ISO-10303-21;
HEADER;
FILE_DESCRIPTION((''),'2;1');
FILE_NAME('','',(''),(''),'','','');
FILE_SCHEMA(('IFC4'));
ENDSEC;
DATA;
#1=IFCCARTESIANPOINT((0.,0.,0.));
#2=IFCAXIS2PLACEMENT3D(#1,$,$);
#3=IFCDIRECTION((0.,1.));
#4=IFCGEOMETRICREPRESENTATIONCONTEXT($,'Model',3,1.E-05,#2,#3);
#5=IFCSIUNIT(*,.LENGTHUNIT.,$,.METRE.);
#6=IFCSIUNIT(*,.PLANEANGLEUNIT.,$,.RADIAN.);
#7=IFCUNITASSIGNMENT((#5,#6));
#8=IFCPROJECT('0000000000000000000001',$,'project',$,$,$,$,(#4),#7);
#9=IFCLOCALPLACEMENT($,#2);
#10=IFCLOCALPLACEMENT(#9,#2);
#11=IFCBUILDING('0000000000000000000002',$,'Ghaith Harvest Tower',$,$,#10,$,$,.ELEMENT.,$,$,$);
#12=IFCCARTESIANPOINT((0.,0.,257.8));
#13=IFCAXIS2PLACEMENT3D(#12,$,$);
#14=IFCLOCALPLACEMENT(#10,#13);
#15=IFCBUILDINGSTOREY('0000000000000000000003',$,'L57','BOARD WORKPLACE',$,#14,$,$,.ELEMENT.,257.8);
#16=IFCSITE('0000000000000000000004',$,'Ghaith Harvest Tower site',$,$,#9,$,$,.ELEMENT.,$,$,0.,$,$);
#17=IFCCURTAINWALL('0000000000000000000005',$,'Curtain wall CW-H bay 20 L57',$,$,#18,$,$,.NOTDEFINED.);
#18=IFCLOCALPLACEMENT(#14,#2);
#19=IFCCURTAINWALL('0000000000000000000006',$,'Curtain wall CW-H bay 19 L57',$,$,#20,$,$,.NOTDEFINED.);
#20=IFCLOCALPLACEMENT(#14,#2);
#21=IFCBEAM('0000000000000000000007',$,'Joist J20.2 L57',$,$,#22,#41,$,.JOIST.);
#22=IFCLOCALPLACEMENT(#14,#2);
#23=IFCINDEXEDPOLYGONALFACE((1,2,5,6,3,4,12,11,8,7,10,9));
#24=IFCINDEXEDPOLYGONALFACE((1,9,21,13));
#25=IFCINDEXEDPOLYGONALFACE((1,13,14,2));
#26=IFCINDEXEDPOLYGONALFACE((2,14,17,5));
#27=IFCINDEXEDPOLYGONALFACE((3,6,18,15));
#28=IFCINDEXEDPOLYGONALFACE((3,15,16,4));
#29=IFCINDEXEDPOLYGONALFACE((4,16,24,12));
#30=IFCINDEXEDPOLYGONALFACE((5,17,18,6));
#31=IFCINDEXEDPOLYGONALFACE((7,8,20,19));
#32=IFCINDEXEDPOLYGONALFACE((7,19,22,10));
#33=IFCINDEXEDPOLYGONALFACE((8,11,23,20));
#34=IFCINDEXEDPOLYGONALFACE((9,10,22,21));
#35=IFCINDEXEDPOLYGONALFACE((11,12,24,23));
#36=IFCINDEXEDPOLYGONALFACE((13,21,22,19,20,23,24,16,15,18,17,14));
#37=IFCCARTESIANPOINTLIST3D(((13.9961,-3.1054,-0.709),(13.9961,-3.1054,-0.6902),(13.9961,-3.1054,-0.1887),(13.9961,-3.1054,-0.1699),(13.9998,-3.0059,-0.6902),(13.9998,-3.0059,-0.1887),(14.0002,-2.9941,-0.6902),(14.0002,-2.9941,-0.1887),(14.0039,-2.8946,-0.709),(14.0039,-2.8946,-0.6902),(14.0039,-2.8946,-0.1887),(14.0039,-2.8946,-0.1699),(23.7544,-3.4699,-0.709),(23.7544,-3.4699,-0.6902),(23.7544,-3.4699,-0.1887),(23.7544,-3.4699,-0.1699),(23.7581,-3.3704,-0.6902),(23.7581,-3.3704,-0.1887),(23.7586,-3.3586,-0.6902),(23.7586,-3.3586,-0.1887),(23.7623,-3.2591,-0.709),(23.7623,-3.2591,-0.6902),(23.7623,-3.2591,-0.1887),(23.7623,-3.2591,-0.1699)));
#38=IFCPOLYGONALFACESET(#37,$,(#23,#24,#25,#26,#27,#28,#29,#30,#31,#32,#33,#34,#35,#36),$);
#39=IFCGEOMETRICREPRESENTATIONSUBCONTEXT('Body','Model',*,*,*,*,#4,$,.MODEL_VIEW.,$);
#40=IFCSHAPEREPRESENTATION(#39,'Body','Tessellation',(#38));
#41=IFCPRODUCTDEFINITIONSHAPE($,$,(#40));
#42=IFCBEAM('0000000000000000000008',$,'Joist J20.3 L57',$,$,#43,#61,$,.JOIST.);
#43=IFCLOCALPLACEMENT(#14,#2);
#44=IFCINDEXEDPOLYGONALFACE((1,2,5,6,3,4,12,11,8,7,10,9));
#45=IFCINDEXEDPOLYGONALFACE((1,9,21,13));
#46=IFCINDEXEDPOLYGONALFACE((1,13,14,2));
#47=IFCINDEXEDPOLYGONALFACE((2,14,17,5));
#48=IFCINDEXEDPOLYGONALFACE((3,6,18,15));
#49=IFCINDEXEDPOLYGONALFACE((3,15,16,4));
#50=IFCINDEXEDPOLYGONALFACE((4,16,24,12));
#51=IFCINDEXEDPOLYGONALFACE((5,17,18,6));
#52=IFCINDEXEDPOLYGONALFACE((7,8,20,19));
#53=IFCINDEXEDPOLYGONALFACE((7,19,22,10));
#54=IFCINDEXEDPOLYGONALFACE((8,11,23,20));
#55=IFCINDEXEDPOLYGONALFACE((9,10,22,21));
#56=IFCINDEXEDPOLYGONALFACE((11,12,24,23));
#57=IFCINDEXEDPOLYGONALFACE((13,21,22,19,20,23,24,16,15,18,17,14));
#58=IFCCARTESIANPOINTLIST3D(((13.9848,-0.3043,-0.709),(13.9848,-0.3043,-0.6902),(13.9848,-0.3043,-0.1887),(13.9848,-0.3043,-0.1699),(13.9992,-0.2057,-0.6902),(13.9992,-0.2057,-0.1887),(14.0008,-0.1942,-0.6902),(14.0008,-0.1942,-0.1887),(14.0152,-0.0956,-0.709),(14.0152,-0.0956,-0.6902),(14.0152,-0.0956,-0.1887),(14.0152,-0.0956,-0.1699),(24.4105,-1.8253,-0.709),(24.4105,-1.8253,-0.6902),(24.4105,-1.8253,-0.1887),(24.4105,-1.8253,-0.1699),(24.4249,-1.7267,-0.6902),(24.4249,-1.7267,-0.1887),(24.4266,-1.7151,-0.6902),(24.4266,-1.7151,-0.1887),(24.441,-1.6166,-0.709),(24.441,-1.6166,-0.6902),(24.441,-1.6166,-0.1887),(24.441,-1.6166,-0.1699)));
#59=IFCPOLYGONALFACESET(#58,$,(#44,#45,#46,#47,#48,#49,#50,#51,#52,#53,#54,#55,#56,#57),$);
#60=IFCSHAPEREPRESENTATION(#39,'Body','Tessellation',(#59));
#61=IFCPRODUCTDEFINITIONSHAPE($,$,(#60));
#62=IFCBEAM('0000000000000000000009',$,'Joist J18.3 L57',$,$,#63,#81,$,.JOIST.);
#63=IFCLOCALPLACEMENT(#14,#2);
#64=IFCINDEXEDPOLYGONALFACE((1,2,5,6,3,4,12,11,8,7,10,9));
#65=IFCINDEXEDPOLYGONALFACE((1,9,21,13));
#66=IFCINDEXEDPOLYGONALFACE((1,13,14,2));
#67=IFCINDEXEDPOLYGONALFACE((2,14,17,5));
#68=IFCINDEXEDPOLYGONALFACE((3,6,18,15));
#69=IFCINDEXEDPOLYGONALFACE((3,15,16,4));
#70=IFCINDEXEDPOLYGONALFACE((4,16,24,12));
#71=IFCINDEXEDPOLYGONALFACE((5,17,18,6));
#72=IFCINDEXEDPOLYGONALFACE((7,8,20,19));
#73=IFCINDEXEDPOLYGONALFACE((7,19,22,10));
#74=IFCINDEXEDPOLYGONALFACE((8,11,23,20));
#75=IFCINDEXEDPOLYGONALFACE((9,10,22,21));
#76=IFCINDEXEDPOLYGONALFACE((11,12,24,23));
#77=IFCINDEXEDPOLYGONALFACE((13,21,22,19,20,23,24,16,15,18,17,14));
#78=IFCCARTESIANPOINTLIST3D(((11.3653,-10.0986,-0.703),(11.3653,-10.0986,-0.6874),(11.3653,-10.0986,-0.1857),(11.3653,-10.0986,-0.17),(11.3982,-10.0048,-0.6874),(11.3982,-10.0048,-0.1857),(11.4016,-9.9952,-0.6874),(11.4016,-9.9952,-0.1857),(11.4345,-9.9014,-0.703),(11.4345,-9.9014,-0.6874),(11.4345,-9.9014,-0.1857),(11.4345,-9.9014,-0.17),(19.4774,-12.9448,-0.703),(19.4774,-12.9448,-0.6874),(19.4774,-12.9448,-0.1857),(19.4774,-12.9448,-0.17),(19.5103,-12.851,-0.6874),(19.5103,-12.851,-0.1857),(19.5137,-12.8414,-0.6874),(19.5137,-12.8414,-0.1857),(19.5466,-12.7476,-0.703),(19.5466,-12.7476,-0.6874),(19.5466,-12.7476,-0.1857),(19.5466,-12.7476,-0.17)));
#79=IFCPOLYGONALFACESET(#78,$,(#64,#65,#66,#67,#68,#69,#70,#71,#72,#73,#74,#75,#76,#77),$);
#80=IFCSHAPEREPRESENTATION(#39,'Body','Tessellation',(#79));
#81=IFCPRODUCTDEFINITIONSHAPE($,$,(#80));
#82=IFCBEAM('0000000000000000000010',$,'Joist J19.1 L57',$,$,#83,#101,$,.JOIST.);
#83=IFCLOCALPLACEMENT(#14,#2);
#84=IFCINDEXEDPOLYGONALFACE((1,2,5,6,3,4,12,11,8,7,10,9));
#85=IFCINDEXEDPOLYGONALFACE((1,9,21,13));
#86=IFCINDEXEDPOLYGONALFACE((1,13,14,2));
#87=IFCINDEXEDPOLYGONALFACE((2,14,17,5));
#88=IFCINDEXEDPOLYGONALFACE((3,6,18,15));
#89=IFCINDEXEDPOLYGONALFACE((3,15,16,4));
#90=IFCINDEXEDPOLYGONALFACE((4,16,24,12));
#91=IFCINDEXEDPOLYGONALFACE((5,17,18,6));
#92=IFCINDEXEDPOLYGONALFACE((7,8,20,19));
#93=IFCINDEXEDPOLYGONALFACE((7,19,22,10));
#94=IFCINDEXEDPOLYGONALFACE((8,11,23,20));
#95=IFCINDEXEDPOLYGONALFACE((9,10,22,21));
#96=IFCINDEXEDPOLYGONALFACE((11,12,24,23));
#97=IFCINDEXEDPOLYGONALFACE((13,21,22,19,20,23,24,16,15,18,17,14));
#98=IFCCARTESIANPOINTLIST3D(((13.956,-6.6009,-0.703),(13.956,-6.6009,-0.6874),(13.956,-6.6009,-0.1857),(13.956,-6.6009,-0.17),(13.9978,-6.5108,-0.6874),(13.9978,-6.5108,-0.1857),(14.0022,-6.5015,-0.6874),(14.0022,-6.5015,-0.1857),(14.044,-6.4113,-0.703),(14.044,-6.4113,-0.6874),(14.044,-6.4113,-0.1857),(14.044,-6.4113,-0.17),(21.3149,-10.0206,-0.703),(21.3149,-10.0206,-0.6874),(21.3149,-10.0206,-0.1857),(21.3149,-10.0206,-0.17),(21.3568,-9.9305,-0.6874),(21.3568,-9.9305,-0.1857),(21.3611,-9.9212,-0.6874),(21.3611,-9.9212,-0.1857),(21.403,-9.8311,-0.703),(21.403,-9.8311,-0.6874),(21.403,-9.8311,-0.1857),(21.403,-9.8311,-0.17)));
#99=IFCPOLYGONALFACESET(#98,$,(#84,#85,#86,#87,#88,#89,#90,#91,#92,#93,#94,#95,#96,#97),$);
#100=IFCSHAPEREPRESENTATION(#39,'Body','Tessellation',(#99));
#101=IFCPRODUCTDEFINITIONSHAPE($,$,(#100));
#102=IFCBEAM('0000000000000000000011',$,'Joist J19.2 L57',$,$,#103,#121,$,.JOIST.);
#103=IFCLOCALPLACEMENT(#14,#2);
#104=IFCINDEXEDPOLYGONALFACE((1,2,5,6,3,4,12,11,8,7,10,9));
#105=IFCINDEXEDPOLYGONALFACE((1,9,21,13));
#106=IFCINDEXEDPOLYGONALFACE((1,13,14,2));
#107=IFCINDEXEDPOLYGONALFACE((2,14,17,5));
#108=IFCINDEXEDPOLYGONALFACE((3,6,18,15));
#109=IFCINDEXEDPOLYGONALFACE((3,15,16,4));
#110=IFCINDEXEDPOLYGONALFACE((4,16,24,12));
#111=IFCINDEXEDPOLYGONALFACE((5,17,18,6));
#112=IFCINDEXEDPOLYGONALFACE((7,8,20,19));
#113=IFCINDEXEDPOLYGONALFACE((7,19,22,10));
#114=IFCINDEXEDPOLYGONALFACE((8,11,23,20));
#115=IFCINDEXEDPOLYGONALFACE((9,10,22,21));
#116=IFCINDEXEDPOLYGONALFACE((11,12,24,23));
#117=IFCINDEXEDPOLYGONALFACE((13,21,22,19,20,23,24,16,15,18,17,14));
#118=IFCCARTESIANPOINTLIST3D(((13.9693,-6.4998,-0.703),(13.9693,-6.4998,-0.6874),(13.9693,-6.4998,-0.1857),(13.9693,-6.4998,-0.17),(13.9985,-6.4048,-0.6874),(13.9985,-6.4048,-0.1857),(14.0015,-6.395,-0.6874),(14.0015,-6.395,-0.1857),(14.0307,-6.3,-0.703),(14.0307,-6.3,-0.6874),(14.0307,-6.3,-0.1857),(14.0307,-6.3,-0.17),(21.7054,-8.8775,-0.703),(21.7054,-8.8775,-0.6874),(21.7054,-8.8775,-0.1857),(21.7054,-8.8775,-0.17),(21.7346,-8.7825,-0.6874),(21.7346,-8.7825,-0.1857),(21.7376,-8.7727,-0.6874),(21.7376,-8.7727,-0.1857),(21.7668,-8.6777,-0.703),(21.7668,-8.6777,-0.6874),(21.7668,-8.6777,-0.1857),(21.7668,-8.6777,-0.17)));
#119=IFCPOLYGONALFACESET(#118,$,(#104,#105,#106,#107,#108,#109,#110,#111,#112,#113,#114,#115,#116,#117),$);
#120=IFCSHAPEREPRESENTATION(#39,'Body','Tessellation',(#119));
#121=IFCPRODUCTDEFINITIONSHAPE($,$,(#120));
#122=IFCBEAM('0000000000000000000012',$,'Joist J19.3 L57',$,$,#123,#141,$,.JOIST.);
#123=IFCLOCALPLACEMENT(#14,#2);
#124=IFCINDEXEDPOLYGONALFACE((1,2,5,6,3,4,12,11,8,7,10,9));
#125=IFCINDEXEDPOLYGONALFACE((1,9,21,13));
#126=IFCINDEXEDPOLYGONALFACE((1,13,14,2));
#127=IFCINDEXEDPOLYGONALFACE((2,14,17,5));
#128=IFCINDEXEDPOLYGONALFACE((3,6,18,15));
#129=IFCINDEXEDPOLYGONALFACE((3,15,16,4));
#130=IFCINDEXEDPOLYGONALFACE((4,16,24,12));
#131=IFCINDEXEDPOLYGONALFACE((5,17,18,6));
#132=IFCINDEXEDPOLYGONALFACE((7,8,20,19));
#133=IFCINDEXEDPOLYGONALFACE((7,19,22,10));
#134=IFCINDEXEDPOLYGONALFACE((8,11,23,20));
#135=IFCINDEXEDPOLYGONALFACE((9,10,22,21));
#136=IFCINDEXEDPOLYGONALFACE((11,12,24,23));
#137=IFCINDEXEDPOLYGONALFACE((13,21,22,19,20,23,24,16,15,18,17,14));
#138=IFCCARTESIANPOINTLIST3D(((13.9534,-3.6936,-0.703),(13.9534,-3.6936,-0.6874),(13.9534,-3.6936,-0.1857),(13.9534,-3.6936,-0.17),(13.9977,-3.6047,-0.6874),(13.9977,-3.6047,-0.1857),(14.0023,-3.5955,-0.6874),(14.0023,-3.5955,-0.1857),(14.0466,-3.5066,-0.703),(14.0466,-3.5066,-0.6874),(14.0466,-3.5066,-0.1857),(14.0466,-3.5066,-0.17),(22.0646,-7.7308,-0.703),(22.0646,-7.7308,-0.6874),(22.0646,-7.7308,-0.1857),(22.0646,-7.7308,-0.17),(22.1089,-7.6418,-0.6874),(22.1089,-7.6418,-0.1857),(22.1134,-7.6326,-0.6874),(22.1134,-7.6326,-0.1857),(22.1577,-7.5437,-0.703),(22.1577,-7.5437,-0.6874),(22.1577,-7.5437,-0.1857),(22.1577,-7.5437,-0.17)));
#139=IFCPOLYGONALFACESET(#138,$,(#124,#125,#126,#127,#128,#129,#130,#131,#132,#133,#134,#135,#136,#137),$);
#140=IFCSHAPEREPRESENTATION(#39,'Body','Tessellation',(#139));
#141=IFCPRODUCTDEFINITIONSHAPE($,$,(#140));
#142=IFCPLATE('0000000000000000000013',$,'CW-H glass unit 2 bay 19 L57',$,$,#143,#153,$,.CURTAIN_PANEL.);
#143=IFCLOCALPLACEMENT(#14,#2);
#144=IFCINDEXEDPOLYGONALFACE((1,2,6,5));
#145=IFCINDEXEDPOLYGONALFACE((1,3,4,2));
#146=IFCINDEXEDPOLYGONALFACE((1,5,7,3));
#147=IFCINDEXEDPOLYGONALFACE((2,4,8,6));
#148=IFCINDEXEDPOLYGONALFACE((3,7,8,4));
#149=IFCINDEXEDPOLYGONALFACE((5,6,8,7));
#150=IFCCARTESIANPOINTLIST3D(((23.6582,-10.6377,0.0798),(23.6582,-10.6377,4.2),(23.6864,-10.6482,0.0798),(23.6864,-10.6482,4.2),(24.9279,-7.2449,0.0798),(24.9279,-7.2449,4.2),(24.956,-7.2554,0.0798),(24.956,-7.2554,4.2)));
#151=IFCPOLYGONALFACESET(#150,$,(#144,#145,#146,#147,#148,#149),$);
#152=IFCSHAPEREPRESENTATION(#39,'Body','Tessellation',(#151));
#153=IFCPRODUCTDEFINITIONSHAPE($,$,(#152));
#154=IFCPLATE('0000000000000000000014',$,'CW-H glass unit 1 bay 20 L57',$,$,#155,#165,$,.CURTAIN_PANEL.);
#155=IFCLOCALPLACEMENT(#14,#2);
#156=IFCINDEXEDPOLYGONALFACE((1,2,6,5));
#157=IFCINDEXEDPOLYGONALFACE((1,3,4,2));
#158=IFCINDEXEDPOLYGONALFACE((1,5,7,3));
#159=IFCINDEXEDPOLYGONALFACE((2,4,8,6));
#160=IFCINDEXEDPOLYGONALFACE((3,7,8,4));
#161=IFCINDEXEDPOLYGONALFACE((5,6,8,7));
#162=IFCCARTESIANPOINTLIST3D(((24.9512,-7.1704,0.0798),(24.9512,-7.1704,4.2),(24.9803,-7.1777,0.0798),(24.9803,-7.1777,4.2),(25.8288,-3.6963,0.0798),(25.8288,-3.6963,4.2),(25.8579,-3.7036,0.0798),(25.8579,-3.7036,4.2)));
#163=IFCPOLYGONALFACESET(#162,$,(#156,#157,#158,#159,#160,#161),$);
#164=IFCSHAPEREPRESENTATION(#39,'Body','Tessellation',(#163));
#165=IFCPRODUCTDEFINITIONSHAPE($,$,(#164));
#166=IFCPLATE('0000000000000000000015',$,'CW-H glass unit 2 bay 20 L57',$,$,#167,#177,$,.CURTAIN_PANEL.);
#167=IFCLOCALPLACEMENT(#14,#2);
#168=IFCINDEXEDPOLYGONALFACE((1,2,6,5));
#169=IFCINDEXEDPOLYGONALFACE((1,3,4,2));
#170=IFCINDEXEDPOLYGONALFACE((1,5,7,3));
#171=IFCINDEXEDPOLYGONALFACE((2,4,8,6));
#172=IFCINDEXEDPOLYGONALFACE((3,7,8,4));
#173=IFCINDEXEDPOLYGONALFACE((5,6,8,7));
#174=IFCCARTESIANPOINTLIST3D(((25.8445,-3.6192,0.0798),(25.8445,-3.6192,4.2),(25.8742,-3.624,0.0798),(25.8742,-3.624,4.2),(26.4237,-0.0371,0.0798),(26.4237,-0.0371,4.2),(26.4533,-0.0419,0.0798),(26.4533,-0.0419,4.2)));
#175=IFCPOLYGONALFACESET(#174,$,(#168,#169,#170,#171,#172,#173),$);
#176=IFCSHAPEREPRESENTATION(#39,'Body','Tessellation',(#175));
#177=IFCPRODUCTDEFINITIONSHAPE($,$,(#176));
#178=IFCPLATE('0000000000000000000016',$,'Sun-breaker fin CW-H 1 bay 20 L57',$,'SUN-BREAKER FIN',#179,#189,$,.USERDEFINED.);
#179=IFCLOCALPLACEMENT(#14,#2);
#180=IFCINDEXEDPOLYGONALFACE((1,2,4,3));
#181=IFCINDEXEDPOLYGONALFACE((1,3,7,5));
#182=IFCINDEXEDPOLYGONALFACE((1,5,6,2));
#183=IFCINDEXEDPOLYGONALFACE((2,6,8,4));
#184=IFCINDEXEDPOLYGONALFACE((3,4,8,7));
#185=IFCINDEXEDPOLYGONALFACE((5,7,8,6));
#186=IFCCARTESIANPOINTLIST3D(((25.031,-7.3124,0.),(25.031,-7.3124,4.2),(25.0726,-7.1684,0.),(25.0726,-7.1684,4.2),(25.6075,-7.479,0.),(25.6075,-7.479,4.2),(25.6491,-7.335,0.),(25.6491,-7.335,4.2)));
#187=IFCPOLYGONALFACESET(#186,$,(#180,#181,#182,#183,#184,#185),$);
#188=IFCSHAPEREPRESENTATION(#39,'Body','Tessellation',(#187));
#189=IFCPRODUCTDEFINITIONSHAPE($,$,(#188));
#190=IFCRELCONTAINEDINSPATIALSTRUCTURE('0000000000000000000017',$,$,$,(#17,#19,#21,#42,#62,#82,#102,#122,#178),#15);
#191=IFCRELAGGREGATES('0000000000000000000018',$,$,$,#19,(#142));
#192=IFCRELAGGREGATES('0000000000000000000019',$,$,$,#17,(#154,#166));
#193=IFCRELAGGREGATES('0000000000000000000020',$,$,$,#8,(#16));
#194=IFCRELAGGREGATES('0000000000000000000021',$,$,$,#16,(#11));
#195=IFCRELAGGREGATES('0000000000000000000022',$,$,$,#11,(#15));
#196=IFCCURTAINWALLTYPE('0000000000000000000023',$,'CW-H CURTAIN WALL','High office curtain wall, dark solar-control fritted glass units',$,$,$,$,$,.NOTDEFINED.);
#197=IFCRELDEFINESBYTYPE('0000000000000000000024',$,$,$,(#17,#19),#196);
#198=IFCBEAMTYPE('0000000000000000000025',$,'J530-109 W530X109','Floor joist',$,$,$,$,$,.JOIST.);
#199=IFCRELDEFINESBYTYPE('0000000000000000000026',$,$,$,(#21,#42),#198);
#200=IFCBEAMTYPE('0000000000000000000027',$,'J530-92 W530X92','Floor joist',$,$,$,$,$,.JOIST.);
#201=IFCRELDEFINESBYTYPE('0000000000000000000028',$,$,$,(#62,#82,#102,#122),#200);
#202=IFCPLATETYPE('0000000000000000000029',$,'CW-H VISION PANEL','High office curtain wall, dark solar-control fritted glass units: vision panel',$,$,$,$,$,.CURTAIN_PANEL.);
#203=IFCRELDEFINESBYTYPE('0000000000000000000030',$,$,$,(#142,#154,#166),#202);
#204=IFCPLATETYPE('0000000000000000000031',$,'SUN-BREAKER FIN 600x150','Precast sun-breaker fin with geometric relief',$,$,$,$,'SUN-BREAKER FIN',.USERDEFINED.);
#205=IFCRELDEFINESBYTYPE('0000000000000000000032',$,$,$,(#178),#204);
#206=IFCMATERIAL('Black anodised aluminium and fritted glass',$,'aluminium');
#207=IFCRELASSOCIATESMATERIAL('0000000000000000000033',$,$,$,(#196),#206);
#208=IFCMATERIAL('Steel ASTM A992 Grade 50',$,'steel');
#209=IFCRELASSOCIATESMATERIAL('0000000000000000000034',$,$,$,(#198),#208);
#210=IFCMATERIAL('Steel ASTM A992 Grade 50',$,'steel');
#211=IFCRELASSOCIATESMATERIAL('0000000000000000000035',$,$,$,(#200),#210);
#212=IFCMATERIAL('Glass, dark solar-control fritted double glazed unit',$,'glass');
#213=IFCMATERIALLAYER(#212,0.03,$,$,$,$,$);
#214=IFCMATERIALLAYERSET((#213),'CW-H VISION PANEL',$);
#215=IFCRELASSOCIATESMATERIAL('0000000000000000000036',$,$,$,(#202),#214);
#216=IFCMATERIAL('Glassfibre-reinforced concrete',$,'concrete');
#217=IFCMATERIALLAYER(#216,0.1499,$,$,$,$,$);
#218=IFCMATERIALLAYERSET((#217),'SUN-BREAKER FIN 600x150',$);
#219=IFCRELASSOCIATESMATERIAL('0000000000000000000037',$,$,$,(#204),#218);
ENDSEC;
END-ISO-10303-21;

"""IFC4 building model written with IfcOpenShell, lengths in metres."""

from ifc_helpers import new_model, si_unit, direction, frame, origin, origin_2d, place, context, subcontext, project, spatial, rectangle, i_section, extrude, material, layer, layer_set, material_profile, profile_set, type_object, element, aggregate, save


model = new_model("IFC4")

# Units and contexts
model_context = context("Model", 3, precision=1e-05, world=origin(), true_north=direction((0.0, 1.0)))
body_context = subcontext(model_context, "Body", "Model", "MODEL_VIEW")
ifc_project = project(units=[si_unit("LENGTHUNIT", "METRE"), si_unit("PLANEANGLEUNIT", "RADIAN")], contexts=[model_context])

# Site, building, storey
site_placement = place(None, origin())
site = spatial("IfcSite", under=ifc_project, at=site_placement, Name="Ghaith Harvest Tower site", CompositionType="ELEMENT", RefElevation=0.0)
building_placement = place(site_placement, origin())
building = spatial("IfcBuilding", under=site, at=building_placement, Name="Ghaith Harvest Tower", CompositionType="ELEMENT")
storey_placement = place(building_placement, frame((0.0, 0.0, 257.8)))
storey = spatial("IfcBuildingStorey", under=building, at=storey_placement, Name="L57", Description="BOARD WORKPLACE", CompositionType="ELEMENT", Elevation=257.8)

# Curtain wall
ifc_material_1 = material(Name="Black anodised aluminium and fritted glass", Category="aluminium")
curtain_wall_type = type_object("IfcCurtainWallType", Name="CW-H CURTAIN WALL", Description="High office curtain wall, dark solar-control fritted glass units", PredefinedType="NOTDEFINED", material=ifc_material_1)
curtain_wall_1_placement = place(storey_placement, origin())
curtain_wall_1 = element("IfcCurtainWall", 1, at=curtain_wall_1_placement, inside=storey, type_object=curtain_wall_type, Name="Curtain wall CW-H bay 20 L57", PredefinedType="NOTDEFINED")

# Curtain wall
curtain_wall_2_placement = place(storey_placement, origin())
curtain_wall_2 = element("IfcCurtainWall", 2, at=curtain_wall_2_placement, inside=storey, type_object=curtain_wall_type, Name="Curtain wall CW-H bay 19 L57", PredefinedType="NOTDEFINED")

# Beams
ifc_material_2 = material(Name="Steel ASTM A992 Grade 50", Category="steel")
ifc_material_profile_1 = material_profile(ifc_material_2, i_section(OverallWidth=0.2109, OverallDepth=0.5391, WebThickness=0.0117, FlangeThickness=0.0188, at=origin_2d()), Name="W530X109")
ifc_profile_set_1 = profile_set([ifc_material_profile_1], Name="Steel ASTM A992 Grade 50")
beam_type_1 = type_object("IfcBeamType", Name="J530-109 W530X109", Description="Floor joist", PredefinedType="JOIST", material=ifc_profile_set_1)
beam_1_placement = place(storey_placement, frame((14.0, -3.0, -0.4395), z_axis=(0.999303, -0.037327, 0.0), x_axis=(0.037327, 0.999303, 0.0)))
element("IfcBeam", 3, at=beam_1_placement, inside=storey, type_object=beam_type_1, Name="Joist J20.2 L57", PredefinedType="JOIST", context=body_context, shape_type="SweptSolid", body=[
    extrude(i_section(OverallWidth=0.2109, OverallDepth=0.5391, WebThickness=0.0117, FlangeThickness=0.0188, at=origin_2d()), origin(), (0.0, 0.0, 1.0), 9.7651),
])
beam_2_placement = place(storey_placement, frame((14.0, -0.2, -0.4395), z_axis=(0.989525, -0.14436, 0.0), x_axis=(0.14436, 0.989525, 0.0)))
element("IfcBeam", 4, at=beam_2_placement, inside=storey, type_object=beam_type_1, Name="Joist J20.3 L57", PredefinedType="JOIST", context=body_context, shape_type="SweptSolid", body=[
    extrude(i_section(OverallWidth=0.2109, OverallDepth=0.5391, WebThickness=0.0117, FlangeThickness=0.0188, at=origin_2d()), origin(), (0.0, 0.0, 1.0), 10.5361),
])
ifc_material_3 = material(Name="Steel ASTM A992 Grade 50", Category="steel")
ifc_material_profile_2 = material_profile(ifc_material_3, i_section(OverallWidth=0.209, OverallDepth=0.533, WebThickness=0.0103, FlangeThickness=0.0156, at=origin_2d()), Name="W530X92")
ifc_profile_set_2 = profile_set([ifc_material_profile_2], Name="Steel ASTM A992 Grade 50")
beam_type_2 = type_object("IfcBeamType", Name="J530-92 W530X92", Description="Floor joist", PredefinedType="JOIST", material=ifc_profile_set_2)
beam_3_placement = place(storey_placement, frame((11.3999, -10.0, -0.4365), z_axis=(0.943605, -0.331073, 0.0), x_axis=(0.331073, 0.943605, 0.0)))
element("IfcBeam", 5, at=beam_3_placement, inside=storey, type_object=beam_type_2, Name="Joist J18.3 L57", PredefinedType="JOIST", context=body_context, shape_type="SweptSolid", body=[
    extrude(i_section(OverallWidth=0.209, OverallDepth=0.533, WebThickness=0.0103, FlangeThickness=0.0156, at=origin_2d()), origin(), (0.0, 0.0, 1.0), 8.5969),
])
beam_4_placement = place(storey_placement, frame((14.0, -6.5061, -0.4365), z_axis=(0.906865, -0.421421, 0.0), x_axis=(0.421421, 0.906865, 0.0)))
element("IfcBeam", 6, at=beam_4_placement, inside=storey, type_object=beam_type_2, Name="Joist J19.1 L57", PredefinedType="JOIST", context=body_context, shape_type="SweptSolid", body=[
    extrude(i_section(OverallWidth=0.209, OverallDepth=0.533, WebThickness=0.0103, FlangeThickness=0.0156, at=origin_2d()), origin(), (0.0, 0.0, 1.0), 8.1147),
])
beam_5_placement = place(storey_placement, frame((14.0, -6.3999, -0.4365), z_axis=(0.955871, -0.293787, 0.0), x_axis=(0.293787, 0.955871, 0.0)))
element("IfcBeam", 7, at=beam_5_placement, inside=storey, type_object=beam_type_2, Name="Joist J19.2 L57", PredefinedType="JOIST", context=body_context, shape_type="SweptSolid", body=[
    extrude(i_section(OverallWidth=0.209, OverallDepth=0.533, WebThickness=0.0103, FlangeThickness=0.0156, at=origin_2d()), origin(), (0.0, 0.0, 1.0), 8.0933),
])
beam_6_placement = place(storey_placement, frame((14.0, -3.6001, -0.4365), z_axis=(0.895239, -0.445585, 0.0), x_axis=(0.445585, 0.895239, 0.0)))
element("IfcBeam", 8, at=beam_6_placement, inside=storey, type_object=beam_type_2, Name="Joist J19.3 L57", PredefinedType="JOIST", context=body_context, shape_type="SweptSolid", body=[
    extrude(i_section(OverallWidth=0.209, OverallDepth=0.533, WebThickness=0.0103, FlangeThickness=0.0156, at=origin_2d()), origin(), (0.0, 0.0, 1.0), 9.0603),
])

# Plates
ifc_material_4 = material(Name="Glass, dark solar-control fritted double glazed unit", Category="glass")
ifc_layer_1 = layer(ifc_material_4, 0.03)
ifc_layer_set_1 = layer_set([ifc_layer_1], Name="CW-H VISION PANEL")
plate_type_1 = type_object("IfcPlateType", Name="CW-H VISION PANEL", Description="High office curtain wall, dark solar-control fritted glass units: vision panel", PredefinedType="CURTAIN_PANEL", material=ifc_layer_set_1)
plate_1_placement = place(storey_placement, frame((24.3071, -8.9465, 0.0798), z_axis=(0.0, 0.0, 1.0), x_axis=(0.350481, 0.93657, 0.0)))
plate_1 = element("IfcPlate", 9, at=plate_1_placement, type_object=plate_type_1, Name="CW-H glass unit 2 bay 19 L57", PredefinedType="CURTAIN_PANEL", context=body_context, shape_type="SweptSolid", body=[
    extrude(rectangle(XDim=3.6226, YDim=0.03, at=origin_2d()), origin(), (0.0, 0.0, 1.0), 4.1201),
])
aggregate(curtain_wall_2, [plate_1])
plate_2_placement = place(storey_placement, frame((25.4045, -5.437, 0.0798), z_axis=(0.0, 0.0, 1.0), x_axis=(0.244926, 0.969542, 0.0)))
plate_2 = element("IfcPlate", 10, at=plate_2_placement, type_object=plate_type_1, Name="CW-H glass unit 1 bay 20 L57", PredefinedType="CURTAIN_PANEL", context=body_context, shape_type="SweptSolid", body=[
    extrude(rectangle(XDim=3.5833, YDim=0.03, at=origin_2d()), origin(), (0.0, 0.0, 1.0), 4.1201),
])
plate_3_placement = place(storey_placement, frame((26.1489, -1.8306, 0.0798), z_axis=(0.0, 0.0, 1.0), x_axis=(0.159601, 0.987182, 0.0)))
plate_3 = element("IfcPlate", 11, at=plate_3_placement, type_object=plate_type_1, Name="CW-H glass unit 2 bay 20 L57", PredefinedType="CURTAIN_PANEL", context=body_context, shape_type="SweptSolid", body=[
    extrude(rectangle(XDim=3.6287, YDim=0.03, at=origin_2d()), origin(), (0.0, 0.0, 1.0), 4.1201),
])
aggregate(curtain_wall_1, [plate_2, plate_3])
ifc_material_5 = material(Name="Glassfibre-reinforced concrete", Category="concrete")
ifc_layer_2 = layer(ifc_material_5, 0.1499)
ifc_layer_set_2 = layer_set([ifc_layer_2], Name="SUN-BREAKER FIN 600x150")
plate_type_2 = type_object("IfcPlateType", Name="SUN-BREAKER FIN 600x150", Description="Precast sun-breaker fin with geometric relief", ElementType="SUN-BREAKER FIN", PredefinedType="USERDEFINED", material=ifc_layer_set_2)
plate_4_placement = place(storey_placement, frame((25.3401, -7.3237, 0.0), z_axis=(0.0, 0.0, 1.0), x_axis=(0.96068, -0.277657, 0.0)))
element("IfcPlate", 12, at=plate_4_placement, inside=storey, type_object=plate_type_2, Name="Sun-breaker fin CW-H 1 bay 20 L57", ObjectType="SUN-BREAKER FIN", PredefinedType="USERDEFINED", context=body_context, shape_type="SweptSolid", body=[
    extrude(rectangle(XDim=0.6001, YDim=0.1499, at=origin_2d()), origin(), (0.0, 0.0, 1.0), 4.2),
])

save(model, "model.ifc")
